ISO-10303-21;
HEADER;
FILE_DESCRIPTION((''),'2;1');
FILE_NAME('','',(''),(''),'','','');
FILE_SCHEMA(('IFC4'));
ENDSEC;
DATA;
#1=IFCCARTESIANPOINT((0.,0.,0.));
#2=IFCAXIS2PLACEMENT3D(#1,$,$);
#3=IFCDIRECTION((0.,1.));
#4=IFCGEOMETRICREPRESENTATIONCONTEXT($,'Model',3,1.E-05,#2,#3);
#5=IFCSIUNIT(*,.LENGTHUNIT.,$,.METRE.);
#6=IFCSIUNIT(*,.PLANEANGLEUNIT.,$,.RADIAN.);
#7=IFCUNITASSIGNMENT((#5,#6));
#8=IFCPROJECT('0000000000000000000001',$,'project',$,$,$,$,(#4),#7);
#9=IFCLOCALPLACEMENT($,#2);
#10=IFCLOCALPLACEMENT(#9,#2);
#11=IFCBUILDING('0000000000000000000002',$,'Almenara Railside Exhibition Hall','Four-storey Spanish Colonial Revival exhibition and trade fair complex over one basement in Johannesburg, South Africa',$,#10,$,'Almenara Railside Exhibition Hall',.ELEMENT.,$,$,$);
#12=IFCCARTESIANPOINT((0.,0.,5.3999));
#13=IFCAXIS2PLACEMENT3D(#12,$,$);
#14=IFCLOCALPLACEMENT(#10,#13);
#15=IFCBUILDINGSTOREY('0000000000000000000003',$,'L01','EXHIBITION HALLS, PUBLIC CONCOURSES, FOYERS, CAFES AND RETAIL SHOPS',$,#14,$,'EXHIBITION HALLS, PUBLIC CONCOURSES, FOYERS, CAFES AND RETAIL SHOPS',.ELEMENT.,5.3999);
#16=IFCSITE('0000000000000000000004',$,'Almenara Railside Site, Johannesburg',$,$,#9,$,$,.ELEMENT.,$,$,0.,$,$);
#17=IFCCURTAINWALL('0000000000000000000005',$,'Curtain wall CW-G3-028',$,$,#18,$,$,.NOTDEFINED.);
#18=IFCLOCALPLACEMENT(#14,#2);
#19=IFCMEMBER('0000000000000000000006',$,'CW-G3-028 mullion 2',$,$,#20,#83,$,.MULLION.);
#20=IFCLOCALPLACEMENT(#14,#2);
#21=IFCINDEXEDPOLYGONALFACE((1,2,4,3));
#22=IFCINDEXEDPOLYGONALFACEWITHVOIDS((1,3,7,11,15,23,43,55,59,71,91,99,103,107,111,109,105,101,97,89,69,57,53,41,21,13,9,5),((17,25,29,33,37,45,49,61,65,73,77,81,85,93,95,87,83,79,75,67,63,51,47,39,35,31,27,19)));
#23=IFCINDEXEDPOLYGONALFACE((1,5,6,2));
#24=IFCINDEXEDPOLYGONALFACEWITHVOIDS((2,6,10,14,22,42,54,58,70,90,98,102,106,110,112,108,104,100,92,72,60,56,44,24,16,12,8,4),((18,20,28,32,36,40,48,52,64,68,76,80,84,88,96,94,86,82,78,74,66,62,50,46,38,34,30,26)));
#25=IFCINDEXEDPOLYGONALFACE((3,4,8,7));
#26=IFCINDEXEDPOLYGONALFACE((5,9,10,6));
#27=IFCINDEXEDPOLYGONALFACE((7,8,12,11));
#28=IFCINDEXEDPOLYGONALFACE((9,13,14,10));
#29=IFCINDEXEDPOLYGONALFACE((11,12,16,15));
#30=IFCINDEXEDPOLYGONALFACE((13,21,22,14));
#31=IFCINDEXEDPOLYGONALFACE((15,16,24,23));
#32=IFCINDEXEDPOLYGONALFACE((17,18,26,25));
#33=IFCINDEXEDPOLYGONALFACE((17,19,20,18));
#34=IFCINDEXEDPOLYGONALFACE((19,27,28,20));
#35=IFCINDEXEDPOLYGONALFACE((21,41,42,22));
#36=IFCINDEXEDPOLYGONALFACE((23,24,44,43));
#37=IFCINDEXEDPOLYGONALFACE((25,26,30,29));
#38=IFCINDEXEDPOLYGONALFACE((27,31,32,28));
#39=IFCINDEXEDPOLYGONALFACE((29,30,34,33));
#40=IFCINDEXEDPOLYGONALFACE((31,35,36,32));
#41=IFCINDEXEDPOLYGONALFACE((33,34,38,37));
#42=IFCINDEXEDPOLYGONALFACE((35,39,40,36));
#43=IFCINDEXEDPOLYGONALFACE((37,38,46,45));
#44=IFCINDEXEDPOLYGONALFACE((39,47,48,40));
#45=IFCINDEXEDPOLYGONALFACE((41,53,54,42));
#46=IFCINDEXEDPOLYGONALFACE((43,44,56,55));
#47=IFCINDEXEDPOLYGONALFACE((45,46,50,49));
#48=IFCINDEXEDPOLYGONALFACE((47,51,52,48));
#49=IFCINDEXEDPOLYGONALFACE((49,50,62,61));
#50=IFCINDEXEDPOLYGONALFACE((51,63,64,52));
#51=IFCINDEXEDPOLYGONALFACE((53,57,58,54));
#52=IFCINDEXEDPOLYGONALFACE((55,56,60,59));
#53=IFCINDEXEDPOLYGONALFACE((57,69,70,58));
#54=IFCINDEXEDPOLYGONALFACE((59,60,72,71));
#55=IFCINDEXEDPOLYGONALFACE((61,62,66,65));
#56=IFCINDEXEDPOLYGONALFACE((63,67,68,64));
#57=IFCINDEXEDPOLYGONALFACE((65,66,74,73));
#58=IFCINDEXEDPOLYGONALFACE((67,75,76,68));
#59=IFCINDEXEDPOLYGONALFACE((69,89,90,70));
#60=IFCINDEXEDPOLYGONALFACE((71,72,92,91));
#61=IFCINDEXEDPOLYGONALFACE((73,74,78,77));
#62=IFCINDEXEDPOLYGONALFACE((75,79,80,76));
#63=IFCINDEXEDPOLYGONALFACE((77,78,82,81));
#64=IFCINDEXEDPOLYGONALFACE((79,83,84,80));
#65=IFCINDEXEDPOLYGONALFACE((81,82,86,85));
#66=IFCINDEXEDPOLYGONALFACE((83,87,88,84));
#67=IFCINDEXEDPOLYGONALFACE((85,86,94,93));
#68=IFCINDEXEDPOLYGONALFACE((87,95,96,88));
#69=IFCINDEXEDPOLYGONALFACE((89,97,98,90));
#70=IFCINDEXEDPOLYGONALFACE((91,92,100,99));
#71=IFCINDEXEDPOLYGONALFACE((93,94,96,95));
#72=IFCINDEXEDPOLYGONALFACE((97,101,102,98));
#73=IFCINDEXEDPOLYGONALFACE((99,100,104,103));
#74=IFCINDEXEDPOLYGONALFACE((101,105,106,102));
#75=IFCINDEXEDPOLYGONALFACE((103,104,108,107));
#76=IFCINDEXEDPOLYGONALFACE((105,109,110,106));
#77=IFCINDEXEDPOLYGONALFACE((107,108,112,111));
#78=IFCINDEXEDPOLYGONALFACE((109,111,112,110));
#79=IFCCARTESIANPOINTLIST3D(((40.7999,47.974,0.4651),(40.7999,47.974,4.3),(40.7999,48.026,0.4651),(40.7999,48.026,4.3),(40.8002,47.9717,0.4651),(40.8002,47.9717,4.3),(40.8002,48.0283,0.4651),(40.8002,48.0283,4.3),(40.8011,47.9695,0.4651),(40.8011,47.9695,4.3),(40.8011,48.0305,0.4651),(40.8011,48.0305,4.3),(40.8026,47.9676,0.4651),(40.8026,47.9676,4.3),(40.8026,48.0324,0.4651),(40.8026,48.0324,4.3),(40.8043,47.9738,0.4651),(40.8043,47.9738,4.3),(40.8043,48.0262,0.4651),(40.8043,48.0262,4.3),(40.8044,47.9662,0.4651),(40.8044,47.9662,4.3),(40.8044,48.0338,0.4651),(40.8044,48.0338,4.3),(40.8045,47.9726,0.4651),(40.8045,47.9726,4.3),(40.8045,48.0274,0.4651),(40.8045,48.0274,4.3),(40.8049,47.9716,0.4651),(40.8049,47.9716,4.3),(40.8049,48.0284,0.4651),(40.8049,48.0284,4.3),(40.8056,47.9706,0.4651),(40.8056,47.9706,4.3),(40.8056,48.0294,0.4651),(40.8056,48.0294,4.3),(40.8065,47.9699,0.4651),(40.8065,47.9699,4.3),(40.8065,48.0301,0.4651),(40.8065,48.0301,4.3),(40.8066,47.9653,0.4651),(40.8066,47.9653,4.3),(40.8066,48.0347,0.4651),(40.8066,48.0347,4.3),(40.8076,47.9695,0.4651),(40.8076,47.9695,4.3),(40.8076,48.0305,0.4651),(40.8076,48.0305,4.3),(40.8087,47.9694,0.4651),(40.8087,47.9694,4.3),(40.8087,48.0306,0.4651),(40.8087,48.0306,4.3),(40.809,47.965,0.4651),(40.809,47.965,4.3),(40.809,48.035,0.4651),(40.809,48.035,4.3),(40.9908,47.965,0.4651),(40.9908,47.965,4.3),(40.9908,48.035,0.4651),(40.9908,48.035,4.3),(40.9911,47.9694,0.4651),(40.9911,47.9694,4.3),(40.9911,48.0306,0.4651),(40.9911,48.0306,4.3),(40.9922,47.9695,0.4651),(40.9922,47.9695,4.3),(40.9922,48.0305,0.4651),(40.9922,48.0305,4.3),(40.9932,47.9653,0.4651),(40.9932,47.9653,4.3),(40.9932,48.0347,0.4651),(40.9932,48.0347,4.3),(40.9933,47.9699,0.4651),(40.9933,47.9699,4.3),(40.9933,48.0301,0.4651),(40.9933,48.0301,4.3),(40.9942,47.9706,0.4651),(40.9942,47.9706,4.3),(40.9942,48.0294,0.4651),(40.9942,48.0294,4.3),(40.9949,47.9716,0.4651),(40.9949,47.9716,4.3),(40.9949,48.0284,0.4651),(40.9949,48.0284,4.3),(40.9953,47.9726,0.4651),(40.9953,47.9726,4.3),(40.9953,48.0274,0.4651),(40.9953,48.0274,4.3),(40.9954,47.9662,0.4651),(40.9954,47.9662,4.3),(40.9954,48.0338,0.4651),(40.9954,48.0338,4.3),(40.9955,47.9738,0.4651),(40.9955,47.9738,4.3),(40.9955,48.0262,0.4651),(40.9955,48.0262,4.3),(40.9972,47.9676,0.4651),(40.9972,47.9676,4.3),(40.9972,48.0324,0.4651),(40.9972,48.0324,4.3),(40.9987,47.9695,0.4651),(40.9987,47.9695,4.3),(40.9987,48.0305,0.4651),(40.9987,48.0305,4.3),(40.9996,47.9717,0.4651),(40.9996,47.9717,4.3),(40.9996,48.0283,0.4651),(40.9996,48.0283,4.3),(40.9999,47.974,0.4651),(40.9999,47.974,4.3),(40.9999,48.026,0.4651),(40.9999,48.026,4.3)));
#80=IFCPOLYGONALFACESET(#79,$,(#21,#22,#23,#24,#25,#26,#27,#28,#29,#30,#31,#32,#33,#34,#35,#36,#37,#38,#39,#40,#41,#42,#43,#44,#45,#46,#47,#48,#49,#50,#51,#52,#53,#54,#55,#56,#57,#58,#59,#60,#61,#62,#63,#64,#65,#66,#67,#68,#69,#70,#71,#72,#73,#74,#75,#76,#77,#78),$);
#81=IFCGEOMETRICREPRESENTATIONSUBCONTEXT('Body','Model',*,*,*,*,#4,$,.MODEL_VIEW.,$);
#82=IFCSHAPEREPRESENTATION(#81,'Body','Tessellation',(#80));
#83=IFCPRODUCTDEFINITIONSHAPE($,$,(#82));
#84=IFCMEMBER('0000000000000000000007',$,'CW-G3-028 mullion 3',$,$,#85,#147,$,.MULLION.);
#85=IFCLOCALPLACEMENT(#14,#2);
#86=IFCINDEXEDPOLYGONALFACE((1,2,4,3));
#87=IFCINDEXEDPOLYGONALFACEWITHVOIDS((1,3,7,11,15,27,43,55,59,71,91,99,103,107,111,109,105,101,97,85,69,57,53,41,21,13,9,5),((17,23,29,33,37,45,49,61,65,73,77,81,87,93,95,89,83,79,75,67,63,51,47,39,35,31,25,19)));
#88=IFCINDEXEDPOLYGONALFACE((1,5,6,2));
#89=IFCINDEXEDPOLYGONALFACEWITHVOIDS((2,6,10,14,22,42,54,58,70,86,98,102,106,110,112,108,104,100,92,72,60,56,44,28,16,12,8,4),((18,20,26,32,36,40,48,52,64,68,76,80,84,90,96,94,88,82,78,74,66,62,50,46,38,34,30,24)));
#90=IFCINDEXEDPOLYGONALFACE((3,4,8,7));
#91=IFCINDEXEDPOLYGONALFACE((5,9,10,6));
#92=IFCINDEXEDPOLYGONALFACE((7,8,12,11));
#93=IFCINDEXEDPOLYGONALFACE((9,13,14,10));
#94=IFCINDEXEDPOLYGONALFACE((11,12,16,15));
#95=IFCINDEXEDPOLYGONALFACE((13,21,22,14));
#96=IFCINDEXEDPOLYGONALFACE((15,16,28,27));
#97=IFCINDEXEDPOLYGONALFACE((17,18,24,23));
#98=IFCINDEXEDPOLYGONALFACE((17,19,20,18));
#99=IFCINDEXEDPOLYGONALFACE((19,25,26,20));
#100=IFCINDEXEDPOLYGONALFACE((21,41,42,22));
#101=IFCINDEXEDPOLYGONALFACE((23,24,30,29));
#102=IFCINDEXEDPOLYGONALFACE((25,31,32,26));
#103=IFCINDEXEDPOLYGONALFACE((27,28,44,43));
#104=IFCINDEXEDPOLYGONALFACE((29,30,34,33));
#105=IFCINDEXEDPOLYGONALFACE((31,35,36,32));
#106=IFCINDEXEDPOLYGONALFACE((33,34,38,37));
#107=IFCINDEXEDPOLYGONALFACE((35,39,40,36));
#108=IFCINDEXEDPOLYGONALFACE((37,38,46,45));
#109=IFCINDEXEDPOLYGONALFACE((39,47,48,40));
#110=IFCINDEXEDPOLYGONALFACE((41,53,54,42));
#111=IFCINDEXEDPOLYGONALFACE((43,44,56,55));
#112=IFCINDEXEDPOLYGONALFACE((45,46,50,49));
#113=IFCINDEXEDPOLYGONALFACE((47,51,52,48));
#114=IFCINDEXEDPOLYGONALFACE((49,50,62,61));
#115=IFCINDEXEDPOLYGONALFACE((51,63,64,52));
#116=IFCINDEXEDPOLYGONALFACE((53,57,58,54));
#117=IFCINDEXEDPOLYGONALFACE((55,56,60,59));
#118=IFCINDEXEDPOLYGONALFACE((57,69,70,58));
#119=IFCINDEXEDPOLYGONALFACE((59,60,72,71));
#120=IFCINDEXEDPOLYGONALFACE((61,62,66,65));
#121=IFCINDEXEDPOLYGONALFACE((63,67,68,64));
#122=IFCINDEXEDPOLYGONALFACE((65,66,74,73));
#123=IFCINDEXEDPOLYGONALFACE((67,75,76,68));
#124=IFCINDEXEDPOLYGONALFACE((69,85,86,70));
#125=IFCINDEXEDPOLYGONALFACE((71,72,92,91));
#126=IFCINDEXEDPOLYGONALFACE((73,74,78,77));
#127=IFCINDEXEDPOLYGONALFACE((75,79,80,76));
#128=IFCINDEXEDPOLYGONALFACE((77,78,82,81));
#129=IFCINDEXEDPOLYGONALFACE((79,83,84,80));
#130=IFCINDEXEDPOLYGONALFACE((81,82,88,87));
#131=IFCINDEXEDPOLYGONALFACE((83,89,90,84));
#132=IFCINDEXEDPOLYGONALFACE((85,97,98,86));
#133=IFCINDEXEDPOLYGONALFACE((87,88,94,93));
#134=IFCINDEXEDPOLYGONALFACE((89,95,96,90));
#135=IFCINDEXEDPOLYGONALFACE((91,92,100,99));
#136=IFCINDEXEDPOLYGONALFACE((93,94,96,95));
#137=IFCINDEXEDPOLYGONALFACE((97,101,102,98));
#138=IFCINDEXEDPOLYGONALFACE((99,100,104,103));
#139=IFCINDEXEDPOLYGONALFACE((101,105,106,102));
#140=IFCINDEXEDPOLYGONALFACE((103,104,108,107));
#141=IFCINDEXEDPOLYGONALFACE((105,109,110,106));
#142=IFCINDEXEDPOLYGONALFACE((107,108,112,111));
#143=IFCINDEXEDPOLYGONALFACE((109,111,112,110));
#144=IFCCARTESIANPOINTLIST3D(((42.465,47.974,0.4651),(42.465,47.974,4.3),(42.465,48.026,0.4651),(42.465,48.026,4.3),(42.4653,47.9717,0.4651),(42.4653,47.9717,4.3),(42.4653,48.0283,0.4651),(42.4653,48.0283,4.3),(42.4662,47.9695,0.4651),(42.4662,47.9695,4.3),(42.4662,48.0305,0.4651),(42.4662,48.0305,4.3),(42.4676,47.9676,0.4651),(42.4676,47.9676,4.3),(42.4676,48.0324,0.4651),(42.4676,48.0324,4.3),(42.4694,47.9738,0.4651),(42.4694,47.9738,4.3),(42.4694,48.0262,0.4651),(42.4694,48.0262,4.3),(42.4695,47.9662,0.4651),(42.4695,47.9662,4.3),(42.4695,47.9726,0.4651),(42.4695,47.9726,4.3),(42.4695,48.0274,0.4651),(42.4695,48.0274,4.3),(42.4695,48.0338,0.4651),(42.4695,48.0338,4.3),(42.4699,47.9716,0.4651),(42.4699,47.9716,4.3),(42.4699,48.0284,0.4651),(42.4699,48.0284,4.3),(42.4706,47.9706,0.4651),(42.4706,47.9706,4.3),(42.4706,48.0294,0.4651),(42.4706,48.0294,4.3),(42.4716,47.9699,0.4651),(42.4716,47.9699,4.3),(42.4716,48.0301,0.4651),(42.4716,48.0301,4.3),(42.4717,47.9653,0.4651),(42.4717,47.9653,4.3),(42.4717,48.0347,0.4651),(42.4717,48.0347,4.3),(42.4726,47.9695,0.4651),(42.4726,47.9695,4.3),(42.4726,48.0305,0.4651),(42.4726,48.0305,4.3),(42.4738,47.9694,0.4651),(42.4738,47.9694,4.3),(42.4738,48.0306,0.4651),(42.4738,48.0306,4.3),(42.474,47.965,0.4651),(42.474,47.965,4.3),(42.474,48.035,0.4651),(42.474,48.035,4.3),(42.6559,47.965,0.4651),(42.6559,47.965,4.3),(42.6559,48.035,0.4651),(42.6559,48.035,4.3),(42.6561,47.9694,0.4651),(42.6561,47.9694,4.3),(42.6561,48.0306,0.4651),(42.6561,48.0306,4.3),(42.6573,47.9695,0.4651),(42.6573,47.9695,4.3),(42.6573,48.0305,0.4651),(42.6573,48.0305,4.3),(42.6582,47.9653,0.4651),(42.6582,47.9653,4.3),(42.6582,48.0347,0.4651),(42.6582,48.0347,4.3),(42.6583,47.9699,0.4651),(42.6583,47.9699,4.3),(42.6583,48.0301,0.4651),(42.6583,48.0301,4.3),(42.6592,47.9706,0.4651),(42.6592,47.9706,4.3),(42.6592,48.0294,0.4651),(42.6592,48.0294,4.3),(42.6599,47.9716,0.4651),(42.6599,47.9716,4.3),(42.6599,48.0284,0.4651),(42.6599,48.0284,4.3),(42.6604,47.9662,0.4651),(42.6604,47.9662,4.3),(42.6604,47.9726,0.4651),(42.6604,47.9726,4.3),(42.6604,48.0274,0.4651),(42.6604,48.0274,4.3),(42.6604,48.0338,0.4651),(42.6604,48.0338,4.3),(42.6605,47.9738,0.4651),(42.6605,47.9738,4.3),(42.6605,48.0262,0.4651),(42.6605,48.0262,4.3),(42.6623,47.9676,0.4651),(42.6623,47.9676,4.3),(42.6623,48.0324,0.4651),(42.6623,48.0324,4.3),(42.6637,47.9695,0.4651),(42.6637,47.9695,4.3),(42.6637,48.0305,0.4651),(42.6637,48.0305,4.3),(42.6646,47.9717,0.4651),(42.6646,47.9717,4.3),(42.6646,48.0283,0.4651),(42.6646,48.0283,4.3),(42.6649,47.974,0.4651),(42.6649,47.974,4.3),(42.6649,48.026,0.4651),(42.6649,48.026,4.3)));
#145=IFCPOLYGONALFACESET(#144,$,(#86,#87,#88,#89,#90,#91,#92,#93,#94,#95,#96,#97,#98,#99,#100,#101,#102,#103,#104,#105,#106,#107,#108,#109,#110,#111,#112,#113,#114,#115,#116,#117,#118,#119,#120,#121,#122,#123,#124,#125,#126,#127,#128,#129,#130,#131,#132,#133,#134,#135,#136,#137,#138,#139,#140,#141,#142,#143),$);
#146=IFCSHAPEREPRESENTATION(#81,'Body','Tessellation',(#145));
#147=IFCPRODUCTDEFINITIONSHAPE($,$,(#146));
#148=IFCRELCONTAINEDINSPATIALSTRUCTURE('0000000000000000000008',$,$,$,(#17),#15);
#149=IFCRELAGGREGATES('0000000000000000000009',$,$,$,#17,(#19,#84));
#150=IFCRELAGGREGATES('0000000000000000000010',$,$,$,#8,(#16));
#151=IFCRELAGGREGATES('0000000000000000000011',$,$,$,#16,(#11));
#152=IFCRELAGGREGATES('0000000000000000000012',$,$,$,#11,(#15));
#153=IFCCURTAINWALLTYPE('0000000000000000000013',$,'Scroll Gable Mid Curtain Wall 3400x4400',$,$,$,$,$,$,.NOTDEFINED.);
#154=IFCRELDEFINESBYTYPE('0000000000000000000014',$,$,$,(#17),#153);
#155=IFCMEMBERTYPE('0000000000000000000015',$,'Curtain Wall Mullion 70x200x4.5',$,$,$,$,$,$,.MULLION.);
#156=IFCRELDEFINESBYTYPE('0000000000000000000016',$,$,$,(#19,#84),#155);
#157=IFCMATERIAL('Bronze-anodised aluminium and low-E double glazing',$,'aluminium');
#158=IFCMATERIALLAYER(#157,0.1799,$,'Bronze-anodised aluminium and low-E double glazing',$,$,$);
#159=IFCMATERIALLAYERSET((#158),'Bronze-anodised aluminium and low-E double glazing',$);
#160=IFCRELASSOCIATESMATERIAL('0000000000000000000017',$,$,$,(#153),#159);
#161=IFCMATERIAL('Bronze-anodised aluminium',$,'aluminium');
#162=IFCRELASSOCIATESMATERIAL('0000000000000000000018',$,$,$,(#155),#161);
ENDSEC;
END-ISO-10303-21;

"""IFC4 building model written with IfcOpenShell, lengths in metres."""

from ifc_helpers import new_model, si_unit, direction, frame, origin, origin_2d, place, context, subcontext, project, spatial, hollow_rectangle, extrude, material, layer, layer_set, material_profile, profile_set, type_object, element, aggregate, save


model = new_model("IFC4")

# Units and contexts
model_context = context("Model", 3, precision=1e-05, world=origin(), true_north=direction((0.0, 1.0)))
body_context = subcontext(model_context, "Body", "Model", "MODEL_VIEW")
ifc_project = project(units=[si_unit("LENGTHUNIT", "METRE"), si_unit("PLANEANGLEUNIT", "RADIAN")], contexts=[model_context])

# Site, building, storey
site_placement = place(None, origin())
site = spatial("IfcSite", under=ifc_project, at=site_placement, Name="Almenara Railside Site, Johannesburg", CompositionType="ELEMENT", RefElevation=0.0)
building_placement = place(site_placement, origin())
building = spatial("IfcBuilding", under=site, at=building_placement, Name="Almenara Railside Exhibition Hall", Description="Four-storey Spanish Colonial Revival exhibition and trade fair complex over one basement in Johannesburg, South Africa", LongName="Almenara Railside Exhibition Hall", CompositionType="ELEMENT")
storey_placement = place(building_placement, frame((0.0, 0.0, 5.3999)))
storey = spatial("IfcBuildingStorey", under=building, at=storey_placement, Name="L01", Description="EXHIBITION HALLS, PUBLIC CONCOURSES, FOYERS, CAFES AND RETAIL SHOPS", LongName="EXHIBITION HALLS, PUBLIC CONCOURSES, FOYERS, CAFES AND RETAIL SHOPS", CompositionType="ELEMENT", Elevation=5.3999)

# Curtain wall, members
ifc_material_1 = material(Name="Bronze-anodised aluminium and low-E double glazing", Category="aluminium")
ifc_layer_1 = layer(ifc_material_1, 0.1799, Name="Bronze-anodised aluminium and low-E double glazing")
ifc_layer_set_1 = layer_set([ifc_layer_1], Name="Bronze-anodised aluminium and low-E double glazing")
curtain_wall_type = type_object("IfcCurtainWallType", Name="Scroll Gable Mid Curtain Wall 3400x4400", PredefinedType="NOTDEFINED", material=ifc_layer_set_1)
ifc_material_2 = material(Name="Bronze-anodised aluminium", Category="aluminium")
curtain_wall_1_placement = place(storey_placement, origin())
curtain_wall_1 = element("IfcCurtainWall", 1, at=curtain_wall_1_placement, inside=storey, type_object=curtain_wall_type, Name="Curtain wall CW-G3-028", PredefinedType="NOTDEFINED")
ifc_material_profile_1 = material_profile(ifc_material_2, hollow_rectangle(XDim=0.0701, YDim=0.2, WallThickness=0.0044, InnerFilletRadius=0.0044, OuterFilletRadius=0.009, at=origin_2d()), Name="ALU-MUL 70x200x4.5")
ifc_profile_set_1 = profile_set([ifc_material_profile_1], Name="Bronze-anodised aluminium")
member_type_1 = type_object("IfcMemberType", Name="Curtain Wall Mullion 70x200x4.5", PredefinedType="MULLION", material=ifc_profile_set_1)
member_1_placement = place(storey_placement, frame((40.8999, 48.0, 0.4651), z_axis=(0.0, 0.0, 1.0), x_axis=(0.0, 1.0, 0.0)))
member_1 = element("IfcMember", 2, at=member_1_placement, type_object=member_type_1, Name="CW-G3-028 mullion 2", PredefinedType="MULLION", context=body_context, shape_type="SweptSolid", body=[
    extrude(hollow_rectangle(XDim=0.0701, YDim=0.2, WallThickness=0.0044, InnerFilletRadius=0.0044, OuterFilletRadius=0.009, at=origin_2d()), origin(), (0.0, 0.0, 1.0), 3.835),
])
member_2_placement = place(storey_placement, frame((42.5649, 48.0, 0.4651), z_axis=(0.0, 0.0, 1.0), x_axis=(0.0, 1.0, 0.0)))
member_2 = element("IfcMember", 3, at=member_2_placement, type_object=member_type_1, Name="CW-G3-028 mullion 3", PredefinedType="MULLION", context=body_context, shape_type="SweptSolid", body=[
    extrude(hollow_rectangle(XDim=0.0701, YDim=0.2, WallThickness=0.0044, InnerFilletRadius=0.0044, OuterFilletRadius=0.009, at=origin_2d()), origin(), (0.0, 0.0, 1.0), 3.835),
])

aggregate(curtain_wall_1, [member_1, member_2])

save(model, "model.ifc")
